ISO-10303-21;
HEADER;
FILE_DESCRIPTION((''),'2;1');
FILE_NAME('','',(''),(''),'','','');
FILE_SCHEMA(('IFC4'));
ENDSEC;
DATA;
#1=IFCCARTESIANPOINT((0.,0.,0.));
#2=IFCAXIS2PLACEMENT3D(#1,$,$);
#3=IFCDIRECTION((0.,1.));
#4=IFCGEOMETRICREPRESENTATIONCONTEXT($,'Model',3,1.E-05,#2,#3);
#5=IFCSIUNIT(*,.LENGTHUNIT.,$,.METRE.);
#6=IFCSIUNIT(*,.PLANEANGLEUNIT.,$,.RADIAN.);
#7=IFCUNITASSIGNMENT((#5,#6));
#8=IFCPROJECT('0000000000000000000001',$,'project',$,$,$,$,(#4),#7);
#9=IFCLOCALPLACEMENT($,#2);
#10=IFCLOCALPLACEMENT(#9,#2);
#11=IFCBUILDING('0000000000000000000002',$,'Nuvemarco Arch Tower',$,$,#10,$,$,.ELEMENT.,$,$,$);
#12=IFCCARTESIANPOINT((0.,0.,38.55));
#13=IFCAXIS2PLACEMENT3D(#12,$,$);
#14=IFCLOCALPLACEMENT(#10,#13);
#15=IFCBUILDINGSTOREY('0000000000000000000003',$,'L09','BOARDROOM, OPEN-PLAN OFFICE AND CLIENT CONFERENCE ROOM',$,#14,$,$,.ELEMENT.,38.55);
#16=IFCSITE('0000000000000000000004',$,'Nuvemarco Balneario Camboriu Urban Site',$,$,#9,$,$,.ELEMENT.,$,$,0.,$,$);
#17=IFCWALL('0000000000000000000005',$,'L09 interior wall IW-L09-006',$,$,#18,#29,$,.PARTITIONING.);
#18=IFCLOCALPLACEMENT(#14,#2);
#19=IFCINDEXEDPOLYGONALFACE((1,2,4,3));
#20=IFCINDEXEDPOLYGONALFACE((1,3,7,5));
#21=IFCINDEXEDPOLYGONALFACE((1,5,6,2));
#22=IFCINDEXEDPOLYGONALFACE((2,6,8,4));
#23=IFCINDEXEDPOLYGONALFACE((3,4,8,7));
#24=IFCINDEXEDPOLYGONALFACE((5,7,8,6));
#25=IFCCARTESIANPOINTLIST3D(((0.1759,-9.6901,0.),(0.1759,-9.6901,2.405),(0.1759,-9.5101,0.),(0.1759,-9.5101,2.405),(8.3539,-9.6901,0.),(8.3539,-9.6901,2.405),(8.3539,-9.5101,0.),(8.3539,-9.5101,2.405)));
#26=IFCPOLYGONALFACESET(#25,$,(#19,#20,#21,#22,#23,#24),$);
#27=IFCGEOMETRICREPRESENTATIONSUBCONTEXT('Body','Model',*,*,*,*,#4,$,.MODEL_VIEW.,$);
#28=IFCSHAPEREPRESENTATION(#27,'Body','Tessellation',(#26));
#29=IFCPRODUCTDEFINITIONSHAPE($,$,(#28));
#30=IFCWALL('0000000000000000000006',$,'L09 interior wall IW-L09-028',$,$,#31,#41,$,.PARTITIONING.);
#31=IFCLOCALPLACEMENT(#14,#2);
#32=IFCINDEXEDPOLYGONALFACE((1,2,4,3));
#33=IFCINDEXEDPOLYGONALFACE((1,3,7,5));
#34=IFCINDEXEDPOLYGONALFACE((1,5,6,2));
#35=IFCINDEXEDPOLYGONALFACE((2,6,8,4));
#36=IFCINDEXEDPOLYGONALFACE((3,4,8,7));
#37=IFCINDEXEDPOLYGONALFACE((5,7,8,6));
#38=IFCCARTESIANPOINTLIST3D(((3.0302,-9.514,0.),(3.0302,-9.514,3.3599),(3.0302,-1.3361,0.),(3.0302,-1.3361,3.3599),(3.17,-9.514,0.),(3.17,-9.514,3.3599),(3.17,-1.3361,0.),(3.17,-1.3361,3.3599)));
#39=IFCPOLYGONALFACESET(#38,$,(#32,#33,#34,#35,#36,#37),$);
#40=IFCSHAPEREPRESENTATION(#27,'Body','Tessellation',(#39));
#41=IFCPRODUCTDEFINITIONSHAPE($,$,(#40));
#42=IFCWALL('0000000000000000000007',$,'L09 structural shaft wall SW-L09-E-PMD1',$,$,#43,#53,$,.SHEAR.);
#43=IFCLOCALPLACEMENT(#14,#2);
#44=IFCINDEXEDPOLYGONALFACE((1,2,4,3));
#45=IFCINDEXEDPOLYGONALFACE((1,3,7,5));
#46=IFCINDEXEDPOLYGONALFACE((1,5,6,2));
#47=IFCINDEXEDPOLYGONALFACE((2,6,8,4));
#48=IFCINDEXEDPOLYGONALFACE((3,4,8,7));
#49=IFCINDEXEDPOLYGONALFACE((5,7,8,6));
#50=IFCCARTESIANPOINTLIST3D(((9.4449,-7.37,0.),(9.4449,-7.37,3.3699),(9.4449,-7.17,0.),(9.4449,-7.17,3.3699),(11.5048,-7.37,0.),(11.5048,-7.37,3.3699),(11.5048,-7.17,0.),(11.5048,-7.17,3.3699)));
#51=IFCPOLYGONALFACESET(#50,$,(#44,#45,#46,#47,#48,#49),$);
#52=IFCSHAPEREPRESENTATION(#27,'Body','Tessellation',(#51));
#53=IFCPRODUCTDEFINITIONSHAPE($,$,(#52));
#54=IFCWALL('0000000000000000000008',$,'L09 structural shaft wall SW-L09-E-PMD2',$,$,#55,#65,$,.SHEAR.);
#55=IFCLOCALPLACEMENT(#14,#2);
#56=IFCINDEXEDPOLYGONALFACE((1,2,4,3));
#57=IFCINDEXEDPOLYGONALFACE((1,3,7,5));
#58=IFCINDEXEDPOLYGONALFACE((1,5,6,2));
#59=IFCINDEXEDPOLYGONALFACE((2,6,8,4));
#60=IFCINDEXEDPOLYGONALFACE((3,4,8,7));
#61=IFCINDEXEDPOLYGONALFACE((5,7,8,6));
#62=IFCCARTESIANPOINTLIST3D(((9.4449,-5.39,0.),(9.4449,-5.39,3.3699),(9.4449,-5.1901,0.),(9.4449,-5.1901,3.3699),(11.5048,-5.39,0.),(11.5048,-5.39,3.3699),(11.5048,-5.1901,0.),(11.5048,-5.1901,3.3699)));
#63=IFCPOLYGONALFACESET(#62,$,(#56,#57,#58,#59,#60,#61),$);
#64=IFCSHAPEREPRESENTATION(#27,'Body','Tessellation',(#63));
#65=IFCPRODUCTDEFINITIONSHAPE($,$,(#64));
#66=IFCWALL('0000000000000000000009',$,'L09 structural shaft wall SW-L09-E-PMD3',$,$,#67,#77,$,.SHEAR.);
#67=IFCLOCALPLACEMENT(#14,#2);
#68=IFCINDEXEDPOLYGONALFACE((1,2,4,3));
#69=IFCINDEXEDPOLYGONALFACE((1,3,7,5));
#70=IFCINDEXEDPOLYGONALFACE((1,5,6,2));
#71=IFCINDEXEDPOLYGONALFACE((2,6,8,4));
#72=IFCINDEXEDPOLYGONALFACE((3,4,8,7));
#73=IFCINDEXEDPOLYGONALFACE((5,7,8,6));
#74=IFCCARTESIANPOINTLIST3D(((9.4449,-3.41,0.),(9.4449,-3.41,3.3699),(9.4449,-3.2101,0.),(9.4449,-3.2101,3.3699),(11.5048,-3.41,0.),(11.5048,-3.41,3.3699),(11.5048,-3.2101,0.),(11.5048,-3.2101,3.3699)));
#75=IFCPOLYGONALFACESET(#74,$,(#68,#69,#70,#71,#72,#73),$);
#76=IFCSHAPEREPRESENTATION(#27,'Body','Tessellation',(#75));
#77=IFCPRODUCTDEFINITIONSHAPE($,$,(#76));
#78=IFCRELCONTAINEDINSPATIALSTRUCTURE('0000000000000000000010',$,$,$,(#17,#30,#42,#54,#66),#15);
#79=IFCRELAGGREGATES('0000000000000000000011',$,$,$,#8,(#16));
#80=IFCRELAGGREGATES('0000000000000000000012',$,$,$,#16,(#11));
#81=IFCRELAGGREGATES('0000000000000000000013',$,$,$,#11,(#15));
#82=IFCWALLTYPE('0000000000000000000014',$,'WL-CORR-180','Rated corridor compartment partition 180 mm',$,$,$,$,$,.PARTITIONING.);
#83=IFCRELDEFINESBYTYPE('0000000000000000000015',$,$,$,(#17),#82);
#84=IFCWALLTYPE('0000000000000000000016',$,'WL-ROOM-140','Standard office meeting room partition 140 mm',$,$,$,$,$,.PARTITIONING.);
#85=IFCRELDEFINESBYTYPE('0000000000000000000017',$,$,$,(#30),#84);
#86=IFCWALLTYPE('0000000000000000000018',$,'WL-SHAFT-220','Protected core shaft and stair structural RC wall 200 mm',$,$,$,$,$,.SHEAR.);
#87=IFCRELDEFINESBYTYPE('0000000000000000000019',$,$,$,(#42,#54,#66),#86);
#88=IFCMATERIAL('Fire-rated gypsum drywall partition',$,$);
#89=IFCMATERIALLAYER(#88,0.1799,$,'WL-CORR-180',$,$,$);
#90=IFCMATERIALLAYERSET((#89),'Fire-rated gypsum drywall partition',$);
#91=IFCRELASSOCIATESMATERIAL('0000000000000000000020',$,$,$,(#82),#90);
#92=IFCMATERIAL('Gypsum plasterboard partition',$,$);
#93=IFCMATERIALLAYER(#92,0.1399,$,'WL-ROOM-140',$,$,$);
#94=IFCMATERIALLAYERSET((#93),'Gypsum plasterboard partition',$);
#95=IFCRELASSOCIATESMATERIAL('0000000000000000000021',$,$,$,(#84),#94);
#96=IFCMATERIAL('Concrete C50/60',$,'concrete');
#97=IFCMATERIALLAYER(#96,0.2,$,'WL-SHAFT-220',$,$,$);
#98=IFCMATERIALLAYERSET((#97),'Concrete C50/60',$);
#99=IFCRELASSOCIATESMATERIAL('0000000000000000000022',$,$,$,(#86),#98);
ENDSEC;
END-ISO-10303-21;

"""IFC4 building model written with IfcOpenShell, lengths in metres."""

from ifc_helpers import new_model, si_unit, direction, frame, frame_2d, origin, place, context, subcontext, project, spatial, rectangle, extrude, material, layer, layer_set, type_object, element, save


model = new_model("IFC4")

# Units and contexts
model_context = context("Model", 3, precision=1e-05, world=origin(), true_north=direction((0.0, 1.0)))
body_context = subcontext(model_context, "Body", "Model", "MODEL_VIEW")
ifc_project = project(units=[si_unit("LENGTHUNIT", "METRE"), si_unit("PLANEANGLEUNIT", "RADIAN")], contexts=[model_context])

# Site, building, storey
site_placement = place(None, origin())
site = spatial("IfcSite", under=ifc_project, at=site_placement, Name="Nuvemarco Balneario Camboriu Urban Site", CompositionType="ELEMENT", RefElevation=0.0)
building_placement = place(site_placement, origin())
building = spatial("IfcBuilding", under=site, at=building_placement, Name="Nuvemarco Arch Tower", CompositionType="ELEMENT")
storey_placement = place(building_placement, frame((0.0, 0.0, 38.55)))
storey = spatial("IfcBuildingStorey", under=building, at=storey_placement, Name="L09", Description="BOARDROOM, OPEN-PLAN OFFICE AND CLIENT CONFERENCE ROOM", CompositionType="ELEMENT", Elevation=38.55)

# Shared definitions
ifc_material_1 = material(Name="Concrete C50/60", Category="concrete")

# Walls
ifc_material_2 = material(Name="Fire-rated gypsum drywall partition")
ifc_layer_1 = layer(ifc_material_2, 0.1799, Name="WL-CORR-180")
ifc_layer_set_1 = layer_set([ifc_layer_1], Name="Fire-rated gypsum drywall partition")
wall_type_1 = type_object("IfcWallType", Name="WL-CORR-180", Description="Rated corridor compartment partition 180 mm", PredefinedType="PARTITIONING", material=ifc_layer_set_1)
wall_1_placement = place(storey_placement, frame((0.176, -9.6001, 0.0), z_axis=(0.0, 0.0, 1.0), x_axis=(1.0, 0.0, 0.0)))
element("IfcWall", 1, at=wall_1_placement, inside=storey, type_object=wall_type_1, Name="L09 interior wall IW-L09-006", PredefinedType="PARTITIONING", context=body_context, shape_type="SweptSolid", body=[
    extrude(rectangle(XDim=8.178, YDim=0.1799, at=frame_2d((4.0889, 0.0))), origin(), (0.0, 0.0, 1.0), 2.405),
])
ifc_material_3 = material(Name="Gypsum plasterboard partition")
ifc_layer_2 = layer(ifc_material_3, 0.1399, Name="WL-ROOM-140")
ifc_layer_set_2 = layer_set([ifc_layer_2], Name="Gypsum plasterboard partition")
wall_type_2 = type_object("IfcWallType", Name="WL-ROOM-140", Description="Standard office meeting room partition 140 mm", PredefinedType="PARTITIONING", material=ifc_layer_set_2)
wall_2_placement = place(storey_placement, frame((3.1001, -9.5139, 0.0), z_axis=(0.0, 0.0, 1.0), x_axis=(0.0, 1.0, 0.0)))
element("IfcWall", 2, at=wall_2_placement, inside=storey, type_object=wall_type_2, Name="L09 interior wall IW-L09-028", PredefinedType="PARTITIONING", context=body_context, shape_type="SweptSolid", body=[
    extrude(rectangle(XDim=8.178, YDim=0.1399, at=frame_2d((4.0889, 0.0))), origin(), (0.0, 0.0, 1.0), 3.3599),
])
ifc_layer_3 = layer(ifc_material_1, 0.2, Name="WL-SHAFT-220")
ifc_layer_set_3 = layer_set([ifc_layer_3], Name="Concrete C50/60")
wall_type_3 = type_object("IfcWallType", Name="WL-SHAFT-220", Description="Protected core shaft and stair structural RC wall 200 mm", PredefinedType="SHEAR", material=ifc_layer_set_3)
for number, where, z_axis, x_axis, name in (
    (3, (9.4451, -7.27, 0.0), (0.0, 0.0, 1.0), (1.0, 0.0, 0.0), "L09 structural shaft wall SW-L09-E-PMD1"),
    (4, (9.4451, -5.29, 0.0), (0.0, 0.0, 1.0), (1.0, 0.0, 0.0), "L09 structural shaft wall SW-L09-E-PMD2"),
    (5, (9.4451, -3.3101, 0.0), (0.0, 0.0, 1.0), (1.0, 0.0, 0.0), "L09 structural shaft wall SW-L09-E-PMD3"),
):
    element("IfcWall", number, at=place(storey_placement, frame(where, z_axis=z_axis, x_axis=x_axis)), inside=storey, type_object=wall_type_3, Name=name, PredefinedType="SHEAR", context=body_context, shape_type="SweptSolid", body=[
        extrude(rectangle(XDim=2.0598, YDim=0.2, at=frame_2d((1.0298, 0.0))), origin(), (0.0, 0.0, 1.0), 3.3699),
    ])

save(model, "model.ifc")
